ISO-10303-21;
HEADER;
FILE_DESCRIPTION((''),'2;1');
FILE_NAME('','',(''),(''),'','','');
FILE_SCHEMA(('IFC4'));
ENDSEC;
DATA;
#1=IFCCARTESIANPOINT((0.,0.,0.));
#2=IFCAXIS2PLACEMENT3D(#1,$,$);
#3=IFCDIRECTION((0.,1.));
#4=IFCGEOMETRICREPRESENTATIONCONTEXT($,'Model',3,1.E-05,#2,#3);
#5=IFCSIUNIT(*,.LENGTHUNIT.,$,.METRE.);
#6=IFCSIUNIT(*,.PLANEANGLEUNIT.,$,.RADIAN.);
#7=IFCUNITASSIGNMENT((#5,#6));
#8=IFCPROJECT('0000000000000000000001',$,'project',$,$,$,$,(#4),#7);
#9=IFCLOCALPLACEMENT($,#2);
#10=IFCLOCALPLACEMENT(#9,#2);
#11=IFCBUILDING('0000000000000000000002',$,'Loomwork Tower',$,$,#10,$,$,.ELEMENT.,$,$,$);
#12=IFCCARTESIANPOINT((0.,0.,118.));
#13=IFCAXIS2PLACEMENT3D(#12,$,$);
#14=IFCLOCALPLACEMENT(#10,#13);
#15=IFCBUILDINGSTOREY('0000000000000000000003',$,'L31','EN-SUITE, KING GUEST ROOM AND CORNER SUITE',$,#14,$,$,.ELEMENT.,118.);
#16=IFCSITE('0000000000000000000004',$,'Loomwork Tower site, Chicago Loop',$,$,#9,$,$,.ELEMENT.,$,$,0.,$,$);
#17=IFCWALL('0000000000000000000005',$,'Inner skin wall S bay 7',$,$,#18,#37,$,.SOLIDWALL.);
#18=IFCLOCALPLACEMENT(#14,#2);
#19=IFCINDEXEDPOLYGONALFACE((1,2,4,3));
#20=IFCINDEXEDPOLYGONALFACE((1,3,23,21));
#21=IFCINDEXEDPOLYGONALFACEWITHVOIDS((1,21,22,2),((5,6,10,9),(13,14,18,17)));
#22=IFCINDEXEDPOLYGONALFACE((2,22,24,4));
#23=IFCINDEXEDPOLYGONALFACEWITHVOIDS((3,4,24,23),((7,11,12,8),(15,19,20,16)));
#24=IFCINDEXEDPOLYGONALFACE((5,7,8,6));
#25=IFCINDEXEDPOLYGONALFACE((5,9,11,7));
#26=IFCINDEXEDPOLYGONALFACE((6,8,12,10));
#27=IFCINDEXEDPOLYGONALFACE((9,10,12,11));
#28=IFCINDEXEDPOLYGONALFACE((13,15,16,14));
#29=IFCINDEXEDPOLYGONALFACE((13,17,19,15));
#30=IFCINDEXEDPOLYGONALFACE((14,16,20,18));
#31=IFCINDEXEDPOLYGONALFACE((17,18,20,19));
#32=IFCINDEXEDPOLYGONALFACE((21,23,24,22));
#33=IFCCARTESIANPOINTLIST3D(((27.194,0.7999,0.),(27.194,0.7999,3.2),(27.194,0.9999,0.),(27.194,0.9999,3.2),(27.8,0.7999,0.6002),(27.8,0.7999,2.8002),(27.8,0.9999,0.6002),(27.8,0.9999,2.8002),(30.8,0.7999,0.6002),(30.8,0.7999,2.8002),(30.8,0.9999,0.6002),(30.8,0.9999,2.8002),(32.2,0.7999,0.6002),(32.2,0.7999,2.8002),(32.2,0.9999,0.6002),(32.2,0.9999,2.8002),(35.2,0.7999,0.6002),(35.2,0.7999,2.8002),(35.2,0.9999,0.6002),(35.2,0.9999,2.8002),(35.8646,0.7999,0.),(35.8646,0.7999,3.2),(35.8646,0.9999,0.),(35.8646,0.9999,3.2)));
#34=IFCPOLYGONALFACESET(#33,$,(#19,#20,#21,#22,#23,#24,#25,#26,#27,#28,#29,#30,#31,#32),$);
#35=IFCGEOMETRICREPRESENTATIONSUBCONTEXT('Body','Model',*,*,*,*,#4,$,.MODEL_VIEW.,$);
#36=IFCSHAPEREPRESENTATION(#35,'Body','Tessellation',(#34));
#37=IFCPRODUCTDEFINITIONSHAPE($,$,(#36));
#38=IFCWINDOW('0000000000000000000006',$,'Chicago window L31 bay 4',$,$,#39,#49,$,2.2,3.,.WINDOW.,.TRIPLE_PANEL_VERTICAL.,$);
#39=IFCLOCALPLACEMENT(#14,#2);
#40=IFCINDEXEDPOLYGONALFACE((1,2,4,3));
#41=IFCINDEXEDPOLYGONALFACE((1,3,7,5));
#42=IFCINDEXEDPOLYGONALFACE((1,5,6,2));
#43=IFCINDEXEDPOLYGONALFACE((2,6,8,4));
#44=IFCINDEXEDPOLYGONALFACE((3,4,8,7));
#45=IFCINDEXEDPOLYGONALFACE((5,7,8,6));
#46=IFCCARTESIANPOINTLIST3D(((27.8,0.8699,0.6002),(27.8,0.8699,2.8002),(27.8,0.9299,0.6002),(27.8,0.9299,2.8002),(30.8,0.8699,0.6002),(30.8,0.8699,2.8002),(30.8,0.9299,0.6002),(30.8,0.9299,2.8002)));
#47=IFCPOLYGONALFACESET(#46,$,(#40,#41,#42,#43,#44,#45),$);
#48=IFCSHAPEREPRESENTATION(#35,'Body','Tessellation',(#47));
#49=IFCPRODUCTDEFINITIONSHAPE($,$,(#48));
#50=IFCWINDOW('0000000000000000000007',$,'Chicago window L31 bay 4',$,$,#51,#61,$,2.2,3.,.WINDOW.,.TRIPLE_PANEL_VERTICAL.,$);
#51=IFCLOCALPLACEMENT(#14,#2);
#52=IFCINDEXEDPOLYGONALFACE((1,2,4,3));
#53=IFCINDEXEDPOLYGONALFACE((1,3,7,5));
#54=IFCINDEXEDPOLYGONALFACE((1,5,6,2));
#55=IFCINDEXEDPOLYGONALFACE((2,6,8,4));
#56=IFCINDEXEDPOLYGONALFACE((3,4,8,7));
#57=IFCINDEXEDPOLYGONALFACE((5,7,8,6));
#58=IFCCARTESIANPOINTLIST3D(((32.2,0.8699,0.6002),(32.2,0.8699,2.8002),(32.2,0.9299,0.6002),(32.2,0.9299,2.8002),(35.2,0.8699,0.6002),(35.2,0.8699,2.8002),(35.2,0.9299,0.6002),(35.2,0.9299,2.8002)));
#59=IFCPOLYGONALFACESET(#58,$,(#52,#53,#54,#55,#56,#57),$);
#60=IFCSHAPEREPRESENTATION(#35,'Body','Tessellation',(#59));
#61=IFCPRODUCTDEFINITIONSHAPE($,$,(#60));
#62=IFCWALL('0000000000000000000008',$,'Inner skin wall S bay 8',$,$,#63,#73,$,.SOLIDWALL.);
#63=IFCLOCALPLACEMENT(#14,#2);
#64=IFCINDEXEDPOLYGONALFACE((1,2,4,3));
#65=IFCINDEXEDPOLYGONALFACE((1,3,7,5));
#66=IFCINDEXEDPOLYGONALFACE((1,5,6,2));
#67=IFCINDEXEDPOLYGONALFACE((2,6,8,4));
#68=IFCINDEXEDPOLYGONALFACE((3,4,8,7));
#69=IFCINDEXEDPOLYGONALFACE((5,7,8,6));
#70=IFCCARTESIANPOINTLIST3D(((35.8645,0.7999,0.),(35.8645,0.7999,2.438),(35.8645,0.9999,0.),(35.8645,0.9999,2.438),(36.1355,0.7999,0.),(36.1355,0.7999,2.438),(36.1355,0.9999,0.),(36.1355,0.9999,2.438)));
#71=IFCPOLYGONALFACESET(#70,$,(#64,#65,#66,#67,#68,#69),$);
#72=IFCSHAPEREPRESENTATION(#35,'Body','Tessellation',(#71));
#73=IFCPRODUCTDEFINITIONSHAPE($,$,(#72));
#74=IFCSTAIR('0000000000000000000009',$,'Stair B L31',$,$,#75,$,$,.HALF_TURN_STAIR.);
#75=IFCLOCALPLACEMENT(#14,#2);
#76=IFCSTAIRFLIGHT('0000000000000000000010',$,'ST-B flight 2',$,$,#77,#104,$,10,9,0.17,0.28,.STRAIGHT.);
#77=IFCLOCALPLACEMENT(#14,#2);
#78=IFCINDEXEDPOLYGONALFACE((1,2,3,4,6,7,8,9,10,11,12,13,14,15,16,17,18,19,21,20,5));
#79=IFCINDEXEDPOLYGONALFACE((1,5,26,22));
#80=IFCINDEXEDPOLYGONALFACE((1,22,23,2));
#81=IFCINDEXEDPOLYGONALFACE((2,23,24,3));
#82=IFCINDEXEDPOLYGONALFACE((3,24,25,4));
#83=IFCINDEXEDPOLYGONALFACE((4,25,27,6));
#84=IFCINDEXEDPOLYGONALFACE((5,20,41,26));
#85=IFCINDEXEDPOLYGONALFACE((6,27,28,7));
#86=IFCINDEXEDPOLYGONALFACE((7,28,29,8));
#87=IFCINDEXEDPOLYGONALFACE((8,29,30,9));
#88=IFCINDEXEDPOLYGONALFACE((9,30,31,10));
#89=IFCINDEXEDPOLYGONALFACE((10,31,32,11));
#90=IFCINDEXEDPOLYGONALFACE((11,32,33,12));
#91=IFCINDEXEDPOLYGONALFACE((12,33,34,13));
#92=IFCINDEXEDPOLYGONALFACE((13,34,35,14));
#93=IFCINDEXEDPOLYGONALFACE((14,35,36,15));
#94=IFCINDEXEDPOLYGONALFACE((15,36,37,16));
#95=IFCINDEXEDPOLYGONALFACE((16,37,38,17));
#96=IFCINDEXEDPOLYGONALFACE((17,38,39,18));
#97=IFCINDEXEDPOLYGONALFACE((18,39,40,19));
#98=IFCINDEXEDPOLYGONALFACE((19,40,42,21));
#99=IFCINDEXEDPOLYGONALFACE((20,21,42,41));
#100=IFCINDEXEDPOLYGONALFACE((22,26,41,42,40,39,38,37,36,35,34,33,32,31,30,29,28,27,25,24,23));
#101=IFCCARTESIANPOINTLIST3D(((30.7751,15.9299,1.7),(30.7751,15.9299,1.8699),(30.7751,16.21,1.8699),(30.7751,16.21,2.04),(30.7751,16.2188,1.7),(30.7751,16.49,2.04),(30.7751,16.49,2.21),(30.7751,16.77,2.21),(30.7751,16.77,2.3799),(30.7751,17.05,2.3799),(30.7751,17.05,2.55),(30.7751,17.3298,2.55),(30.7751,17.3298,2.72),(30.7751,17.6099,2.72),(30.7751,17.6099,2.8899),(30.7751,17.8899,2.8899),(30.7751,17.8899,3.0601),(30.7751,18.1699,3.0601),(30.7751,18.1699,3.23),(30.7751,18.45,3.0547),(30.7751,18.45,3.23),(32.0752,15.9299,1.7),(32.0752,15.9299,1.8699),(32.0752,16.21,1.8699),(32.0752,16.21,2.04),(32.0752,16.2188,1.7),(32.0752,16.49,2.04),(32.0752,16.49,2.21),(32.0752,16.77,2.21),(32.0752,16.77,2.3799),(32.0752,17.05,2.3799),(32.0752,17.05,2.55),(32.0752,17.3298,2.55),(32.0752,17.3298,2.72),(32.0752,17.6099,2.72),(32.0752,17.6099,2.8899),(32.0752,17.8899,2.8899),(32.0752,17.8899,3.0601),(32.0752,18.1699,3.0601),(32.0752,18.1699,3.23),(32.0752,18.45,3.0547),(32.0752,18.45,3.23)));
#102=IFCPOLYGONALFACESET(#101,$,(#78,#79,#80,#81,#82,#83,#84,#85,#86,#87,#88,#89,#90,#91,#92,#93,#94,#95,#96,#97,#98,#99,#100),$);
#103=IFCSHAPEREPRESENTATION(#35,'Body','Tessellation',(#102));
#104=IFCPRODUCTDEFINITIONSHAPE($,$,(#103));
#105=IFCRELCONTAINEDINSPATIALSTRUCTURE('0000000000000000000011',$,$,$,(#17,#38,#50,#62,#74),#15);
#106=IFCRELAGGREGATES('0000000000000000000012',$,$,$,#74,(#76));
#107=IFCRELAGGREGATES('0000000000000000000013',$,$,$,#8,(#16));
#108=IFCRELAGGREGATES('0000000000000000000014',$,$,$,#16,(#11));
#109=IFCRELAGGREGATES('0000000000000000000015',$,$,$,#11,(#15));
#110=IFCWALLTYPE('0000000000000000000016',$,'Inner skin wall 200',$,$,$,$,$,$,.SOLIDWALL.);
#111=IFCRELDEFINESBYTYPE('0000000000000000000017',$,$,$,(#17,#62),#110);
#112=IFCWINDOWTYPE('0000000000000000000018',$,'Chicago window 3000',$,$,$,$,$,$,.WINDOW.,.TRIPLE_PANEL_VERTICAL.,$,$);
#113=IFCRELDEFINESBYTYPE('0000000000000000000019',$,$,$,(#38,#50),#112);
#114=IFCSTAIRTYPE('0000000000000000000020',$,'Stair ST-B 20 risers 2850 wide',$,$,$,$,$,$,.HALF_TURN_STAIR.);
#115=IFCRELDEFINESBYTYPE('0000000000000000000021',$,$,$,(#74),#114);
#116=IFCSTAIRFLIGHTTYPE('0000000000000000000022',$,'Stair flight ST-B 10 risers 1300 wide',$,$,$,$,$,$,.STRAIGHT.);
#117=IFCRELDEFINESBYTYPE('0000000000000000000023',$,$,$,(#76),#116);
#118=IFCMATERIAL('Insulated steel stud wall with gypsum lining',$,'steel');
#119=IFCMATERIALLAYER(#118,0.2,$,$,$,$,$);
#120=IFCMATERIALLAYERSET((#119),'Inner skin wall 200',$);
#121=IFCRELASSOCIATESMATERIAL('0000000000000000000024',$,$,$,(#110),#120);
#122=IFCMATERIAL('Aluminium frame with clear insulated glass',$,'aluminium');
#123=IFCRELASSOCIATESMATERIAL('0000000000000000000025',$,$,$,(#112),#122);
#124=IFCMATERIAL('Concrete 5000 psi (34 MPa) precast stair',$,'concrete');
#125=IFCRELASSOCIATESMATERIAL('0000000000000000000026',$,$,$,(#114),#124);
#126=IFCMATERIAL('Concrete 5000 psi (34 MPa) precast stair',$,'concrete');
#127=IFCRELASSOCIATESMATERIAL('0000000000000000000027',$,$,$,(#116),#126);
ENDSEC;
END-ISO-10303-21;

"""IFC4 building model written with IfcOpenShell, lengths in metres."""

from ifc_helpers import new_model, si_unit, direction, frame, frame_2d, origin, place, context, subcontext, project, spatial, polyline, rectangle, outline, extrude, material, layer, layer_set, type_object, element, fill, aggregate, save


model = new_model("IFC4")

# Units and contexts
model_context = context("Model", 3, precision=1e-05, world=origin(), true_north=direction((0.0, 1.0)))
body_context = subcontext(model_context, "Body", "Model", "MODEL_VIEW")
ifc_project = project(units=[si_unit("LENGTHUNIT", "METRE"), si_unit("PLANEANGLEUNIT", "RADIAN")], contexts=[model_context])

# Site, building, storey
site_placement = place(None, origin())
site = spatial("IfcSite", under=ifc_project, at=site_placement, Name="Loomwork Tower site, Chicago Loop", CompositionType="ELEMENT", RefElevation=0.0)
building_placement = place(site_placement, origin())
building = spatial("IfcBuilding", under=site, at=building_placement, Name="Loomwork Tower", CompositionType="ELEMENT")
storey_placement = place(building_placement, frame((0.0, 0.0, 118.0)))
storey = spatial("IfcBuildingStorey", under=building, at=storey_placement, Name="L31", Description="EN-SUITE, KING GUEST ROOM AND CORNER SUITE", CompositionType="ELEMENT", Elevation=118.0)

# Wall, openings, windows
ifc_material_1 = material(Name="Insulated steel stud wall with gypsum lining", Category="steel")
ifc_layer_1 = layer(ifc_material_1, 0.2)
ifc_layer_set_1 = layer_set([ifc_layer_1], Name="Inner skin wall 200")
wall_type_1 = type_object("IfcWallType", Name="Inner skin wall 200", PredefinedType="SOLIDWALL", material=ifc_layer_set_1)
wall_1_placement = place(storey_placement, frame((27.1938, 0.8999, 0.0), z_axis=(0.0, 0.0, 1.0), x_axis=(1.0, 0.0, 0.0)))
wall_1 = element("IfcWall", 1, at=wall_1_placement, inside=storey, type_object=wall_type_1, Name="Inner skin wall S bay 7", PredefinedType="SOLIDWALL", context=body_context, shape_type="SweptSolid", body=[
    extrude(rectangle(XDim=8.6707, YDim=0.2, at=frame_2d((4.3354, 0.0))), origin(), (0.0, 0.0, 1.0), 3.2),
])
opening_1_placement = place(wall_1_placement, frame((0.6062, 0.0, 0.6001)))
opening_1 = element("IfcOpeningElement", 2, at=opening_1_placement, cuts=wall_1, PredefinedType="OPENING", context=body_context, shape_type="SweptSolid", body=[
    extrude(rectangle(XDim=3.0, YDim=2.2, at=frame_2d((1.5, 1.1001))), frame((0.0, 0.1099, 0.0), z_axis=(0.0, -1.0, 0.0), x_axis=(1.0, 0.0, 0.0)), (0.0, 0.0, 1.0), 0.22),
])
opening_2_placement = place(wall_1_placement, frame((5.0061, 0.0, 0.6001)))
opening_2 = element("IfcOpeningElement", 3, at=opening_2_placement, cuts=wall_1, PredefinedType="OPENING", context=body_context, shape_type="SweptSolid", body=[
    extrude(rectangle(XDim=3.0, YDim=2.2, at=frame_2d((1.5, 1.1001))), frame((0.0, 0.1099, 0.0), z_axis=(0.0, -1.0, 0.0), x_axis=(1.0, 0.0, 0.0)), (0.0, 0.0, 1.0), 0.22),
])
ifc_material_2 = material(Name="Aluminium frame with clear insulated glass", Category="aluminium")
window_type = type_object("IfcWindowType", Name="Chicago window 3000", PartitioningType="TRIPLE_PANEL_VERTICAL", PredefinedType="WINDOW", material=ifc_material_2)
window_1_placement = place(opening_1_placement, origin())
window_1 = element("IfcWindow", 4, at=window_1_placement, inside=storey, type_object=window_type, Name="Chicago window L31 bay 4", OverallHeight=2.2, OverallWidth=3.0, PartitioningType="TRIPLE_PANEL_VERTICAL", PredefinedType="WINDOW", context=body_context, shape_type="SweptSolid", body=[
    extrude(rectangle(XDim=3.0, YDim=2.2, at=frame_2d((1.5, 1.1001))), frame((0.0, 0.03, 0.0), z_axis=(0.0, -1.0, 0.0), x_axis=(1.0, 0.0, 0.0)), (0.0, 0.0, 1.0), 0.0601),
])
fill(opening_1, window_1)
window_2_placement = place(opening_2_placement, origin())
window_2 = element("IfcWindow", 5, at=window_2_placement, inside=storey, type_object=window_type, Name="Chicago window L31 bay 4", OverallHeight=2.2, OverallWidth=3.0, PartitioningType="TRIPLE_PANEL_VERTICAL", PredefinedType="WINDOW", context=body_context, shape_type="SweptSolid", body=[
    extrude(rectangle(XDim=3.0, YDim=2.2, at=frame_2d((1.5, 1.1001))), frame((0.0, 0.03, 0.0), z_axis=(0.0, -1.0, 0.0), x_axis=(1.0, 0.0, 0.0)), (0.0, 0.0, 1.0), 0.0601),
])
fill(opening_2, window_2)

# Wall
wall_2_placement = place(storey_placement, frame((35.8645, 0.8999, 0.0), z_axis=(0.0, 0.0, 1.0), x_axis=(1.0, 0.0, 0.0)))
element("IfcWall", 6, at=wall_2_placement, inside=storey, type_object=wall_type_1, Name="Inner skin wall S bay 8", PredefinedType="SOLIDWALL", context=body_context, shape_type="SweptSolid", body=[
    extrude(rectangle(XDim=0.271, YDim=0.2, at=frame_2d((0.1355, 0.0))), origin(), (0.0, 0.0, 1.0), 2.438),
])

# Stair, stair flight
ifc_material_3 = material(Name="Concrete 5000 psi (34 MPa) precast stair", Category="concrete")
stair_type = type_object("IfcStairType", Name="Stair ST-B 20 risers 2850 wide", PredefinedType="HALF_TURN_STAIR", material=ifc_material_3)
stair_placement = place(storey_placement, origin())
stair = element("IfcStair", 7, at=stair_placement, inside=storey, type_object=stair_type, Name="Stair B L31", PredefinedType="HALF_TURN_STAIR")
ifc_material_4 = material(Name="Concrete 5000 psi (34 MPa) precast stair", Category="concrete")
stair_flight_type = type_object("IfcStairFlightType", Name="Stair flight ST-B 10 risers 1300 wide", PredefinedType="STRAIGHT", material=ifc_material_4)
stair_flight_placement = place(storey_placement, frame((31.425, 15.9299, 1.7), z_axis=(0.0, 0.0, 1.0), x_axis=(0.0, 1.0, 0.0)))
stair_flight = element("IfcStairFlight", 8, at=stair_flight_placement, type_object=stair_flight_type, Name="ST-B flight 2", NumberOfRisers=10, NumberOfTreads=9, PredefinedType="STRAIGHT", RiserHeight=0.17, TreadLength=0.28, context=body_context, shape_type="SweptSolid", body=[
    extrude(outline(polyline([(0.0, 0.0), (0.0, 0.1699), (0.28, 0.1699), (0.28, 0.3401), (0.5601, 0.3401), (0.5601, 0.51), (0.8401, 0.51), (0.8401, 0.6799), (1.1201, 0.6799), (1.1201, 0.8501), (1.3999, 0.8501), (1.3999, 1.02), (1.6799, 1.02), (1.6799, 1.1899), (1.96, 1.1899), (1.96, 1.3601), (2.24, 1.3601), (2.24, 1.53), (2.52, 1.53), (2.52, 1.7), (2.52, 1.3547), (0.2888, 0.0), (0.0, 0.0)])), frame((0.0, 0.6499, 0.0), z_axis=(0.0, -1.0, 0.0), x_axis=(1.0, 0.0, 0.0)), (0.0, 0.0, 1.0), 1.3),
])
aggregate(stair, [stair_flight])

save(model, "model.ifc")
